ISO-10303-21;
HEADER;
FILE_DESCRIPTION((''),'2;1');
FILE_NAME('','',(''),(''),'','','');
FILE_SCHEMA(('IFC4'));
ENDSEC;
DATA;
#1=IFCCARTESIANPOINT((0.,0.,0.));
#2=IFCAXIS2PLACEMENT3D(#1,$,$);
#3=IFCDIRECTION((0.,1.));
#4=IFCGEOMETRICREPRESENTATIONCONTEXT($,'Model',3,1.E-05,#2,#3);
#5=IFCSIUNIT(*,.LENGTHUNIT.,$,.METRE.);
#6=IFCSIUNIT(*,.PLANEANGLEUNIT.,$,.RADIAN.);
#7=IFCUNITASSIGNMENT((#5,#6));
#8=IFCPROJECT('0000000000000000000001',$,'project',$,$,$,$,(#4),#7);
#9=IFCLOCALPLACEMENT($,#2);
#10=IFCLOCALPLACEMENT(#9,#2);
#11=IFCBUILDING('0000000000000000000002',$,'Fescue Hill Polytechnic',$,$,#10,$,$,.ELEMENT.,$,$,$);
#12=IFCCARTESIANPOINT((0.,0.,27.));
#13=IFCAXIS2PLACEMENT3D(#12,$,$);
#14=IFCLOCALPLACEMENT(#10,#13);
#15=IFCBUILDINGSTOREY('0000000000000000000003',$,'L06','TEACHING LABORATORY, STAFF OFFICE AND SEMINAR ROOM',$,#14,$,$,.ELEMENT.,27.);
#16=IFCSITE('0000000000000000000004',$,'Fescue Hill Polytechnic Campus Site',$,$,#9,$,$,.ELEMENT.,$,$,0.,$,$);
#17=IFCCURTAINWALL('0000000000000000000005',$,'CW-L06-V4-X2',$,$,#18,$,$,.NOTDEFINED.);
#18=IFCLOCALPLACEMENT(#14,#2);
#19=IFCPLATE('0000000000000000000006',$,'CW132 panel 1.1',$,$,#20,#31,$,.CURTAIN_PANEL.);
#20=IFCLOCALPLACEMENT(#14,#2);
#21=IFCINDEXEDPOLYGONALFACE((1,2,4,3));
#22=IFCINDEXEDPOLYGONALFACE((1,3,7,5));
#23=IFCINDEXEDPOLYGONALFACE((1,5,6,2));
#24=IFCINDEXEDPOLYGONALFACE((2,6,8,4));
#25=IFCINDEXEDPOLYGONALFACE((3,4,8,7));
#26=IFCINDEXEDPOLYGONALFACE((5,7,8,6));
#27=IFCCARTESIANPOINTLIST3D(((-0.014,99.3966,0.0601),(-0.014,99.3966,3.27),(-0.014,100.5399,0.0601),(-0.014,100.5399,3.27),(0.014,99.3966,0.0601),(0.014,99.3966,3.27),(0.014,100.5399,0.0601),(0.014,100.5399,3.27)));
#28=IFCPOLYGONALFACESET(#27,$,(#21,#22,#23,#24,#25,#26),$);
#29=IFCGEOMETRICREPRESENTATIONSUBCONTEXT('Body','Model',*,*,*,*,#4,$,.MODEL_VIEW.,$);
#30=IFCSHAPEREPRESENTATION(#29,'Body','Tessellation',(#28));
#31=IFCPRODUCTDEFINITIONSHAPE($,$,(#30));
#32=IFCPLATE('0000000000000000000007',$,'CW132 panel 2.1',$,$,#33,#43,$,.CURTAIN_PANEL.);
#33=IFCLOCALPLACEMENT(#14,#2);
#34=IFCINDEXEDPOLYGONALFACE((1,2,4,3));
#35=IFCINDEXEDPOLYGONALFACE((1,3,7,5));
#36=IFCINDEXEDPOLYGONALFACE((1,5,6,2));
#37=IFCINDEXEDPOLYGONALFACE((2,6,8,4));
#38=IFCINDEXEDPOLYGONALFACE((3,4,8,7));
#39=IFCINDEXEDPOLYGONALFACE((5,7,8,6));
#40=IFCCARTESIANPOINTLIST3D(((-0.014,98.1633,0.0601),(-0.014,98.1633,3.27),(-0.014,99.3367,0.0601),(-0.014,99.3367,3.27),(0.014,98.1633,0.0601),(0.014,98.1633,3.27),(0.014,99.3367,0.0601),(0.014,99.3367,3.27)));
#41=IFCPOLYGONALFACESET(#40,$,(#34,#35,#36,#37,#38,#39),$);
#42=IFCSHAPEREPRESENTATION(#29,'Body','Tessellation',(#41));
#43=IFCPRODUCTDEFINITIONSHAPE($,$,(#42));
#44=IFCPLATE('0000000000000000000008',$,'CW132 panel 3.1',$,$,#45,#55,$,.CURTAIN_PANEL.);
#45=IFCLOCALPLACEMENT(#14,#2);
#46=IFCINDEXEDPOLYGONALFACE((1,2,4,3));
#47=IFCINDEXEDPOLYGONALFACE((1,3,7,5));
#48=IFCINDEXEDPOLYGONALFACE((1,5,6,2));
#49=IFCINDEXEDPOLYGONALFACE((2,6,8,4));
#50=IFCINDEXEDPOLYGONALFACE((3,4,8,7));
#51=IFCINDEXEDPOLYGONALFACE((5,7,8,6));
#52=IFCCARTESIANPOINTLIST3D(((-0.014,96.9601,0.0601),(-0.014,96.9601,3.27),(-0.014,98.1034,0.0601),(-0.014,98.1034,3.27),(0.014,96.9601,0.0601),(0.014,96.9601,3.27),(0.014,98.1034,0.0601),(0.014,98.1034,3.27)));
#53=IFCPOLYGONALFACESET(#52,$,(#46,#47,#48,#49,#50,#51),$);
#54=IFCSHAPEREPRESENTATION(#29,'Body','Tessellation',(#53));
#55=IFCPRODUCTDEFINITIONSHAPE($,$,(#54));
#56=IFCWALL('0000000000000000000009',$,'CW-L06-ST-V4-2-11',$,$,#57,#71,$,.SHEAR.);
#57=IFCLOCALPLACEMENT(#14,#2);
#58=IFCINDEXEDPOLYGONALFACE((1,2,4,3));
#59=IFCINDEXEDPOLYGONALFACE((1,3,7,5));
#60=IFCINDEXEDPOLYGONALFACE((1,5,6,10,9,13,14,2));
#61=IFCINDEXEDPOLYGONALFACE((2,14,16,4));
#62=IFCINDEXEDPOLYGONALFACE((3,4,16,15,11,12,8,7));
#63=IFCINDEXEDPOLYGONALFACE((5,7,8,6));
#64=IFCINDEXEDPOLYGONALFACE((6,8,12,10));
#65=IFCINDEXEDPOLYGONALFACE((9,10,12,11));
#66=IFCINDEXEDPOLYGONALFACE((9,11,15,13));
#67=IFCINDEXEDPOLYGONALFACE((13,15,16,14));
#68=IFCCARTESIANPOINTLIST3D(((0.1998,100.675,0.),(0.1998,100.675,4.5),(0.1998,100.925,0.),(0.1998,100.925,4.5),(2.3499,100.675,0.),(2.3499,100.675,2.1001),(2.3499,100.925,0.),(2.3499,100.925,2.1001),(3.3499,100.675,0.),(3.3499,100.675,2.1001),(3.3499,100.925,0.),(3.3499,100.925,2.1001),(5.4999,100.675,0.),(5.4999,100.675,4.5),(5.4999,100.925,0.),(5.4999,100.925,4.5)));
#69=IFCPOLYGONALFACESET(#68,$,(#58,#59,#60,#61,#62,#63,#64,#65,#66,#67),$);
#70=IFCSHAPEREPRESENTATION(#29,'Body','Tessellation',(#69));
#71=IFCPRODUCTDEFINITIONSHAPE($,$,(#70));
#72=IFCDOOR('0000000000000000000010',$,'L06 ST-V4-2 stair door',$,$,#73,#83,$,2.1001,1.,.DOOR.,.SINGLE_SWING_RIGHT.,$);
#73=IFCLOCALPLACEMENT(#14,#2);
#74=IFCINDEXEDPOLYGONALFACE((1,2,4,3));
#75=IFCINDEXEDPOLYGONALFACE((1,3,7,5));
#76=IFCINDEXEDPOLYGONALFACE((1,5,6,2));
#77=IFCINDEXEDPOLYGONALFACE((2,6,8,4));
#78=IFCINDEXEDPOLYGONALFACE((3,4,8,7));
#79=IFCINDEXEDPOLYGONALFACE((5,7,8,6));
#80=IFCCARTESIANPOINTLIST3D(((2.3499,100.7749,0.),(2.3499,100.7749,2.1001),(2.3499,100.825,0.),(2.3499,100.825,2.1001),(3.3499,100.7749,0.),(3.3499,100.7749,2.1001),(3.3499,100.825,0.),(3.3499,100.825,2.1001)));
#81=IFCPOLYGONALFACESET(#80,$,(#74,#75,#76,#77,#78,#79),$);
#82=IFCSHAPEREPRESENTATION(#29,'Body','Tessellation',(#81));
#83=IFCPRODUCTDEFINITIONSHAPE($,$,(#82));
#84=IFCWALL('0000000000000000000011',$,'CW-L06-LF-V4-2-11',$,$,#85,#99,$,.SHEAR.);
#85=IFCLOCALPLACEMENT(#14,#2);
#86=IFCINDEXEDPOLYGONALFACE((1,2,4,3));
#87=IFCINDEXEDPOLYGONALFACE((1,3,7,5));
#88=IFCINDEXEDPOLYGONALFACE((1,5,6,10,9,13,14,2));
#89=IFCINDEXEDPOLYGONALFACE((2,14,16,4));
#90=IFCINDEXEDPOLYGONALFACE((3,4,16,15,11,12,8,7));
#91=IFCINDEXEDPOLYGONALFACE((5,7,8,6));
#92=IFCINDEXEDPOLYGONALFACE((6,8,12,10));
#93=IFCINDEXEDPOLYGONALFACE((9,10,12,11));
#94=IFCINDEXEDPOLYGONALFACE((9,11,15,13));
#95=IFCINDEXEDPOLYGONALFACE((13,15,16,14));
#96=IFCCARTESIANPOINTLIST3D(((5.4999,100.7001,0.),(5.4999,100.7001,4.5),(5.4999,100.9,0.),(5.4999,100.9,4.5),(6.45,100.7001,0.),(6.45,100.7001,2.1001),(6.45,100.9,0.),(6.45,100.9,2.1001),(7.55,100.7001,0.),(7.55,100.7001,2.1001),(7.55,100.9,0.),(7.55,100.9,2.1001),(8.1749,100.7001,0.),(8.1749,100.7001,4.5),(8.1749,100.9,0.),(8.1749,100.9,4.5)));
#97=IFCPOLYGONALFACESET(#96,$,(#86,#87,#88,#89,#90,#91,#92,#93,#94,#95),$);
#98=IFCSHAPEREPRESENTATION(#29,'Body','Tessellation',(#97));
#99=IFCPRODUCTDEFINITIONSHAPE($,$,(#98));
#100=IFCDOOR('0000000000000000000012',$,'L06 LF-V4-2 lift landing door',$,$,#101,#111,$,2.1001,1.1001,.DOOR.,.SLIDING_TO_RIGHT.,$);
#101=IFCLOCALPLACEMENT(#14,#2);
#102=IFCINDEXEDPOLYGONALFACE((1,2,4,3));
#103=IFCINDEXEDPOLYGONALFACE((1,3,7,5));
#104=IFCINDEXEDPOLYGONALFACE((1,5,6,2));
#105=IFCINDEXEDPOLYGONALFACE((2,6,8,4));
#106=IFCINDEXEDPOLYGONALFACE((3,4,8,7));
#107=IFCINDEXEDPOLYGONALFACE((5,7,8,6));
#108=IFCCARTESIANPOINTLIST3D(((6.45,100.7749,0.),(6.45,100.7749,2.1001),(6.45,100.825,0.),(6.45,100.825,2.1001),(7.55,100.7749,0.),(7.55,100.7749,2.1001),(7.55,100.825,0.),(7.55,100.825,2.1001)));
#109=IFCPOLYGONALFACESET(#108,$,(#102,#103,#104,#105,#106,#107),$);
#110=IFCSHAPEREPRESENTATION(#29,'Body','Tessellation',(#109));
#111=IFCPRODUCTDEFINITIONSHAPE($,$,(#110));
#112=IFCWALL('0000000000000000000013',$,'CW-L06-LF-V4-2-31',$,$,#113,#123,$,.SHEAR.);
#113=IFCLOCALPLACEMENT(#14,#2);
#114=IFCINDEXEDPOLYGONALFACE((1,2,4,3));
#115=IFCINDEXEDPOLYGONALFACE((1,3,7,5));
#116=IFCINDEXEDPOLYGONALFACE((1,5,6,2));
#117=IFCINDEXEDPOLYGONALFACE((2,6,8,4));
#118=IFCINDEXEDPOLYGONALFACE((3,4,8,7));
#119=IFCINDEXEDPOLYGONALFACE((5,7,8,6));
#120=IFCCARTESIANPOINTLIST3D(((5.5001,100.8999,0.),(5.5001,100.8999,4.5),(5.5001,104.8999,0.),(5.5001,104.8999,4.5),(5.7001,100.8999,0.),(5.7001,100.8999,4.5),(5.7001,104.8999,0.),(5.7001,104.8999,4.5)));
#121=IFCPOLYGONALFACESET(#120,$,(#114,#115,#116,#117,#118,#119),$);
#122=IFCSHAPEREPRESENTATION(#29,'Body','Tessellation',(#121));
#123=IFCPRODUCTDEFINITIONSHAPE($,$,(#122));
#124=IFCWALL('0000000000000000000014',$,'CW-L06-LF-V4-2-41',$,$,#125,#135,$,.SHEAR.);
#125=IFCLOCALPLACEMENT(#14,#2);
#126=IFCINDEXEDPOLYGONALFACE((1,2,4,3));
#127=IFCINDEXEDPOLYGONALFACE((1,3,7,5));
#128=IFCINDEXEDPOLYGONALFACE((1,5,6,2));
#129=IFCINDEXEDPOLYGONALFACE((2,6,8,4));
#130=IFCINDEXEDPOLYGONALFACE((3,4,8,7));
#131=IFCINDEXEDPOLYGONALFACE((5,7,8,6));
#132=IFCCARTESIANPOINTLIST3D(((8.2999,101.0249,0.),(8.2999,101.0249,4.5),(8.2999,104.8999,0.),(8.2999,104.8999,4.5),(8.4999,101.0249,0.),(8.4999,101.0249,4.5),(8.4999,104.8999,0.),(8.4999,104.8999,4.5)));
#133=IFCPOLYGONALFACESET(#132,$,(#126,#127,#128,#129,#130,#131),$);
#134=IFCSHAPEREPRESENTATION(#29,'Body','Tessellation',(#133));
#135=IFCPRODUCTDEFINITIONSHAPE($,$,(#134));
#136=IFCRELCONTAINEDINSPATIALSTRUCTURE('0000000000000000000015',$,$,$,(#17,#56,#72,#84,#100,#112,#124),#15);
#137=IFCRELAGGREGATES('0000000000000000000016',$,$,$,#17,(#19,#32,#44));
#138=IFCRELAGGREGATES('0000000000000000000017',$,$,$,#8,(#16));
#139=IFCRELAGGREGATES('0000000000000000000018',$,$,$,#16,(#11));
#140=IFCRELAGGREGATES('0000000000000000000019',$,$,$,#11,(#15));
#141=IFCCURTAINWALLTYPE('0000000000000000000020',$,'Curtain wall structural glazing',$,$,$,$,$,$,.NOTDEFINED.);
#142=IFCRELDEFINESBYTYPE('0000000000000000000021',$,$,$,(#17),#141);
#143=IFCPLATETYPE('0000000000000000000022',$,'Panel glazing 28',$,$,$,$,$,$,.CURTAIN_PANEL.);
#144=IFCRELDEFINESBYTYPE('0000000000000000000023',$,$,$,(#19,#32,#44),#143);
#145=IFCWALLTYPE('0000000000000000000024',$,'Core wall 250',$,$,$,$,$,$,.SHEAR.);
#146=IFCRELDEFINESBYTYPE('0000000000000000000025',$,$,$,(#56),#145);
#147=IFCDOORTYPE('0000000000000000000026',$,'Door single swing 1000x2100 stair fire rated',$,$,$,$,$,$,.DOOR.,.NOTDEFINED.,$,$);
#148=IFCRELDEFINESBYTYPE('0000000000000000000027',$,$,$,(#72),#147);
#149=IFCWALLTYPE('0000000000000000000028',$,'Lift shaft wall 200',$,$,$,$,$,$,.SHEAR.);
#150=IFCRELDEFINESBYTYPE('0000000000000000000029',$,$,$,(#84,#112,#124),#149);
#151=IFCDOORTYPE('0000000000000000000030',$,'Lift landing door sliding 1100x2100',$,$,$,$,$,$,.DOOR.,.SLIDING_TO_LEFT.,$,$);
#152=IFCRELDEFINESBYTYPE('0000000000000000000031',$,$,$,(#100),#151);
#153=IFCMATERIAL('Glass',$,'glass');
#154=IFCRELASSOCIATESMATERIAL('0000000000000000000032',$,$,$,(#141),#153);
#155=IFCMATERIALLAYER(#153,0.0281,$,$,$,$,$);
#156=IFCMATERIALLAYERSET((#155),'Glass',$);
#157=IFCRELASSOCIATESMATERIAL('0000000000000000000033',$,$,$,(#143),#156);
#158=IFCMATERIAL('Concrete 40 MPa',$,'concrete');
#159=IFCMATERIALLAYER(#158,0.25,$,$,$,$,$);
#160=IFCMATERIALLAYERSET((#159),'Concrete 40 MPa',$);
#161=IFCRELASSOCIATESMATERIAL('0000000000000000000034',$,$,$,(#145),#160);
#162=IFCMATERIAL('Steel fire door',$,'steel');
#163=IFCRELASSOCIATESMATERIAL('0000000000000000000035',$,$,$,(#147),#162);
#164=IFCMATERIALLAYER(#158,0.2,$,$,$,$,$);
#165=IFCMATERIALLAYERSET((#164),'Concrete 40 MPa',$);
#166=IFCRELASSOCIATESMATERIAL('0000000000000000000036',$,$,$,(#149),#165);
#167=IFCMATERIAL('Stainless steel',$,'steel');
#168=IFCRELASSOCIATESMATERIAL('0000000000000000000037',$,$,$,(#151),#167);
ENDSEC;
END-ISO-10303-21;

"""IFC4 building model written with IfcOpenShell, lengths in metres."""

from ifc_helpers import new_model, si_unit, direction, frame, frame_2d, origin, origin_2d, place, context, subcontext, project, spatial, rectangle, extrude, material, layer, layer_set, type_object, element, fill, aggregate, save


model = new_model("IFC4")

# Units and contexts
model_context = context("Model", 3, precision=1e-05, world=origin(), true_north=direction((0.0, 1.0)))
body_context = subcontext(model_context, "Body", "Model", "MODEL_VIEW")
ifc_project = project(units=[si_unit("LENGTHUNIT", "METRE"), si_unit("PLANEANGLEUNIT", "RADIAN")], contexts=[model_context])

# Site, building, storey
site_placement = place(None, origin())
site = spatial("IfcSite", under=ifc_project, at=site_placement, Name="Fescue Hill Polytechnic Campus Site", CompositionType="ELEMENT", RefElevation=0.0)
building_placement = place(site_placement, origin())
building = spatial("IfcBuilding", under=site, at=building_placement, Name="Fescue Hill Polytechnic", CompositionType="ELEMENT")
storey_placement = place(building_placement, frame((0.0, 0.0, 27.0)))
storey = spatial("IfcBuildingStorey", under=building, at=storey_placement, Name="L06", Description="TEACHING LABORATORY, STAFF OFFICE AND SEMINAR ROOM", CompositionType="ELEMENT", Elevation=27.0)

# Shared definitions
ifc_material_1 = material(Name="Concrete 40 MPa", Category="concrete")

# Curtain wall, plates
ifc_material_2 = material(Name="Glass", Category="glass")
curtain_wall_type = type_object("IfcCurtainWallType", Name="Curtain wall structural glazing", PredefinedType="NOTDEFINED", material=ifc_material_2)
curtain_wall_placement = place(storey_placement, origin())
curtain_wall = element("IfcCurtainWall", 1, at=curtain_wall_placement, inside=storey, type_object=curtain_wall_type, Name="CW-L06-V4-X2", PredefinedType="NOTDEFINED")
ifc_layer_1 = layer(ifc_material_2, 0.0281)
ifc_layer_set_1 = layer_set([ifc_layer_1], Name="Glass")
plate_type = type_object("IfcPlateType", Name="Panel glazing 28", PredefinedType="CURTAIN_PANEL", material=ifc_layer_set_1)
plate_1_placement = place(storey_placement, frame((0.0, 99.9683, 0.0601), z_axis=(0.0, 0.0, 1.0), x_axis=(0.0, -1.0, 0.0)))
plate_1 = element("IfcPlate", 2, at=plate_1_placement, type_object=plate_type, Name="CW132 panel 1.1", PredefinedType="CURTAIN_PANEL", context=body_context, shape_type="SweptSolid", body=[
    extrude(rectangle(XDim=1.1433, YDim=0.0281, at=origin_2d()), origin(), (0.0, 0.0, 1.0), 3.21),
])
plate_2_placement = place(storey_placement, frame((0.0, 98.75, 0.0601), z_axis=(0.0, 0.0, 1.0), x_axis=(0.0, -1.0, 0.0)))
plate_2 = element("IfcPlate", 3, at=plate_2_placement, type_object=plate_type, Name="CW132 panel 2.1", PredefinedType="CURTAIN_PANEL", context=body_context, shape_type="SweptSolid", body=[
    extrude(rectangle(XDim=1.1733, YDim=0.0281, at=origin_2d()), origin(), (0.0, 0.0, 1.0), 3.21),
])
plate_3_placement = place(storey_placement, frame((0.0, 97.5317, 0.0601), z_axis=(0.0, 0.0, 1.0), x_axis=(0.0, -1.0, 0.0)))
plate_3 = element("IfcPlate", 4, at=plate_3_placement, type_object=plate_type, Name="CW132 panel 3.1", PredefinedType="CURTAIN_PANEL", context=body_context, shape_type="SweptSolid", body=[
    extrude(rectangle(XDim=1.1433, YDim=0.0281, at=origin_2d()), origin(), (0.0, 0.0, 1.0), 3.21),
])
aggregate(curtain_wall, [plate_1, plate_2, plate_3])

# Walls, openings, doors
ifc_layer_2 = layer(ifc_material_1, 0.25)
ifc_layer_set_2 = layer_set([ifc_layer_2], Name="Concrete 40 MPa")
wall_type_1 = type_object("IfcWallType", Name="Core wall 250", PredefinedType="SHEAR", material=ifc_layer_set_2)
wall_1_placement = place(storey_placement, frame((0.2, 100.8, 0.0), z_axis=(0.0, 0.0, 1.0), x_axis=(1.0, 0.0, 0.0)))
wall_1 = element("IfcWall", 5, at=wall_1_placement, inside=storey, type_object=wall_type_1, Name="CW-L06-ST-V4-2-11", PredefinedType="SHEAR", context=body_context, shape_type="SweptSolid", body=[
    extrude(rectangle(XDim=5.3, YDim=0.25, at=frame_2d((2.6499, 0.0))), origin(), (0.0, 0.0, 1.0), 4.5),
])
opening_1_placement = place(wall_1_placement, frame((2.1499, 0.0, 0.0)))
opening_1 = element("IfcOpeningElement", 6, at=opening_1_placement, cuts=wall_1, PredefinedType="OPENING", context=body_context, shape_type="SweptSolid", body=[
    extrude(rectangle(XDim=1.0, YDim=2.1001, at=frame_2d((0.5, 1.05))), frame((0.0, 0.135, 0.0), z_axis=(0.0, -1.0, 0.0), x_axis=(1.0, 0.0, 0.0)), (0.0, 0.0, 1.0), 0.27),
])
ifc_material_3 = material(Name="Steel fire door", Category="steel")
door_type_1 = type_object("IfcDoorType", Name="Door single swing 1000x2100 stair fire rated", OperationType="NOTDEFINED", PredefinedType="DOOR", material=ifc_material_3)
door_1_placement = place(opening_1_placement, origin())
door_1 = element("IfcDoor", 7, at=door_1_placement, inside=storey, type_object=door_type_1, Name="L06 ST-V4-2 stair door", OperationType="SINGLE_SWING_RIGHT", OverallHeight=2.1001, OverallWidth=1.0, PredefinedType="DOOR", context=body_context, shape_type="SweptSolid", body=[
    extrude(rectangle(XDim=1.0, YDim=2.1001, at=frame_2d((0.5, 1.05))), frame((0.0, 0.0249, 0.0), z_axis=(0.0, -1.0, 0.0), x_axis=(1.0, 0.0, 0.0)), (0.0, 0.0, 1.0), 0.05),
])
fill(opening_1, door_1)
ifc_layer_3 = layer(ifc_material_1, 0.2)
ifc_layer_set_3 = layer_set([ifc_layer_3], Name="Concrete 40 MPa")
wall_type_2 = type_object("IfcWallType", Name="Lift shaft wall 200", PredefinedType="SHEAR", material=ifc_layer_set_3)
wall_2_placement = place(storey_placement, frame((5.5, 100.8, 0.0), z_axis=(0.0, 0.0, 1.0), x_axis=(1.0, 0.0, 0.0)))
wall_2 = element("IfcWall", 8, at=wall_2_placement, inside=storey, type_object=wall_type_2, Name="CW-L06-LF-V4-2-11", PredefinedType="SHEAR", context=body_context, shape_type="SweptSolid", body=[
    extrude(rectangle(XDim=2.675, YDim=0.2, at=frame_2d((1.3374, 0.0))), origin(), (0.0, 0.0, 1.0), 4.5),
])
opening_2_placement = place(wall_2_placement, frame((0.95, 0.0, 0.0)))
opening_2 = element("IfcOpeningElement", 9, at=opening_2_placement, cuts=wall_2, PredefinedType="OPENING", context=body_context, shape_type="SweptSolid", body=[
    extrude(rectangle(XDim=1.1001, YDim=2.1001, at=frame_2d((0.55, 1.05))), frame((0.0, 0.1099, 0.0), z_axis=(0.0, -1.0, 0.0), x_axis=(1.0, 0.0, 0.0)), (0.0, 0.0, 1.0), 0.22),
])
ifc_material_4 = material(Name="Stainless steel", Category="steel")
door_type_2 = type_object("IfcDoorType", Name="Lift landing door sliding 1100x2100", OperationType="SLIDING_TO_LEFT", PredefinedType="DOOR", material=ifc_material_4)
door_2_placement = place(opening_2_placement, origin())
door_2 = element("IfcDoor", 10, at=door_2_placement, inside=storey, type_object=door_type_2, Name="L06 LF-V4-2 lift landing door", OperationType="SLIDING_TO_RIGHT", OverallHeight=2.1001, OverallWidth=1.1001, PredefinedType="DOOR", context=body_context, shape_type="SweptSolid", body=[
    extrude(rectangle(XDim=1.1001, YDim=2.1001, at=frame_2d((0.55, 1.05))), frame((0.0, 0.0249, 0.0), z_axis=(0.0, -1.0, 0.0), x_axis=(1.0, 0.0, 0.0)), (0.0, 0.0, 1.0), 0.05),
])
fill(opening_2, door_2)

# Walls
wall_3_placement = place(storey_placement, frame((5.6001, 100.8999, 0.0), z_axis=(0.0, 0.0, 1.0), x_axis=(0.0, 1.0, 0.0)))
element("IfcWall", 11, at=wall_3_placement, inside=storey, type_object=wall_type_2, Name="CW-L06-LF-V4-2-31", PredefinedType="SHEAR", context=body_context, shape_type="SweptSolid", body=[
    extrude(rectangle(XDim=4.0, YDim=0.2, at=frame_2d((2.0, 0.0))), origin(), (0.0, 0.0, 1.0), 4.5),
])
wall_4_placement = place(storey_placement, frame((8.3999, 101.0249, 0.0), z_axis=(0.0, 0.0, 1.0), x_axis=(0.0, 1.0, 0.0)))
element("IfcWall", 12, at=wall_4_placement, inside=storey, type_object=wall_type_2, Name="CW-L06-LF-V4-2-41", PredefinedType="SHEAR", context=body_context, shape_type="SweptSolid", body=[
    extrude(rectangle(XDim=3.875, YDim=0.2, at=frame_2d((1.9375, 0.0))), origin(), (0.0, 0.0, 1.0), 4.5),
])

save(model, "model.ifc")
